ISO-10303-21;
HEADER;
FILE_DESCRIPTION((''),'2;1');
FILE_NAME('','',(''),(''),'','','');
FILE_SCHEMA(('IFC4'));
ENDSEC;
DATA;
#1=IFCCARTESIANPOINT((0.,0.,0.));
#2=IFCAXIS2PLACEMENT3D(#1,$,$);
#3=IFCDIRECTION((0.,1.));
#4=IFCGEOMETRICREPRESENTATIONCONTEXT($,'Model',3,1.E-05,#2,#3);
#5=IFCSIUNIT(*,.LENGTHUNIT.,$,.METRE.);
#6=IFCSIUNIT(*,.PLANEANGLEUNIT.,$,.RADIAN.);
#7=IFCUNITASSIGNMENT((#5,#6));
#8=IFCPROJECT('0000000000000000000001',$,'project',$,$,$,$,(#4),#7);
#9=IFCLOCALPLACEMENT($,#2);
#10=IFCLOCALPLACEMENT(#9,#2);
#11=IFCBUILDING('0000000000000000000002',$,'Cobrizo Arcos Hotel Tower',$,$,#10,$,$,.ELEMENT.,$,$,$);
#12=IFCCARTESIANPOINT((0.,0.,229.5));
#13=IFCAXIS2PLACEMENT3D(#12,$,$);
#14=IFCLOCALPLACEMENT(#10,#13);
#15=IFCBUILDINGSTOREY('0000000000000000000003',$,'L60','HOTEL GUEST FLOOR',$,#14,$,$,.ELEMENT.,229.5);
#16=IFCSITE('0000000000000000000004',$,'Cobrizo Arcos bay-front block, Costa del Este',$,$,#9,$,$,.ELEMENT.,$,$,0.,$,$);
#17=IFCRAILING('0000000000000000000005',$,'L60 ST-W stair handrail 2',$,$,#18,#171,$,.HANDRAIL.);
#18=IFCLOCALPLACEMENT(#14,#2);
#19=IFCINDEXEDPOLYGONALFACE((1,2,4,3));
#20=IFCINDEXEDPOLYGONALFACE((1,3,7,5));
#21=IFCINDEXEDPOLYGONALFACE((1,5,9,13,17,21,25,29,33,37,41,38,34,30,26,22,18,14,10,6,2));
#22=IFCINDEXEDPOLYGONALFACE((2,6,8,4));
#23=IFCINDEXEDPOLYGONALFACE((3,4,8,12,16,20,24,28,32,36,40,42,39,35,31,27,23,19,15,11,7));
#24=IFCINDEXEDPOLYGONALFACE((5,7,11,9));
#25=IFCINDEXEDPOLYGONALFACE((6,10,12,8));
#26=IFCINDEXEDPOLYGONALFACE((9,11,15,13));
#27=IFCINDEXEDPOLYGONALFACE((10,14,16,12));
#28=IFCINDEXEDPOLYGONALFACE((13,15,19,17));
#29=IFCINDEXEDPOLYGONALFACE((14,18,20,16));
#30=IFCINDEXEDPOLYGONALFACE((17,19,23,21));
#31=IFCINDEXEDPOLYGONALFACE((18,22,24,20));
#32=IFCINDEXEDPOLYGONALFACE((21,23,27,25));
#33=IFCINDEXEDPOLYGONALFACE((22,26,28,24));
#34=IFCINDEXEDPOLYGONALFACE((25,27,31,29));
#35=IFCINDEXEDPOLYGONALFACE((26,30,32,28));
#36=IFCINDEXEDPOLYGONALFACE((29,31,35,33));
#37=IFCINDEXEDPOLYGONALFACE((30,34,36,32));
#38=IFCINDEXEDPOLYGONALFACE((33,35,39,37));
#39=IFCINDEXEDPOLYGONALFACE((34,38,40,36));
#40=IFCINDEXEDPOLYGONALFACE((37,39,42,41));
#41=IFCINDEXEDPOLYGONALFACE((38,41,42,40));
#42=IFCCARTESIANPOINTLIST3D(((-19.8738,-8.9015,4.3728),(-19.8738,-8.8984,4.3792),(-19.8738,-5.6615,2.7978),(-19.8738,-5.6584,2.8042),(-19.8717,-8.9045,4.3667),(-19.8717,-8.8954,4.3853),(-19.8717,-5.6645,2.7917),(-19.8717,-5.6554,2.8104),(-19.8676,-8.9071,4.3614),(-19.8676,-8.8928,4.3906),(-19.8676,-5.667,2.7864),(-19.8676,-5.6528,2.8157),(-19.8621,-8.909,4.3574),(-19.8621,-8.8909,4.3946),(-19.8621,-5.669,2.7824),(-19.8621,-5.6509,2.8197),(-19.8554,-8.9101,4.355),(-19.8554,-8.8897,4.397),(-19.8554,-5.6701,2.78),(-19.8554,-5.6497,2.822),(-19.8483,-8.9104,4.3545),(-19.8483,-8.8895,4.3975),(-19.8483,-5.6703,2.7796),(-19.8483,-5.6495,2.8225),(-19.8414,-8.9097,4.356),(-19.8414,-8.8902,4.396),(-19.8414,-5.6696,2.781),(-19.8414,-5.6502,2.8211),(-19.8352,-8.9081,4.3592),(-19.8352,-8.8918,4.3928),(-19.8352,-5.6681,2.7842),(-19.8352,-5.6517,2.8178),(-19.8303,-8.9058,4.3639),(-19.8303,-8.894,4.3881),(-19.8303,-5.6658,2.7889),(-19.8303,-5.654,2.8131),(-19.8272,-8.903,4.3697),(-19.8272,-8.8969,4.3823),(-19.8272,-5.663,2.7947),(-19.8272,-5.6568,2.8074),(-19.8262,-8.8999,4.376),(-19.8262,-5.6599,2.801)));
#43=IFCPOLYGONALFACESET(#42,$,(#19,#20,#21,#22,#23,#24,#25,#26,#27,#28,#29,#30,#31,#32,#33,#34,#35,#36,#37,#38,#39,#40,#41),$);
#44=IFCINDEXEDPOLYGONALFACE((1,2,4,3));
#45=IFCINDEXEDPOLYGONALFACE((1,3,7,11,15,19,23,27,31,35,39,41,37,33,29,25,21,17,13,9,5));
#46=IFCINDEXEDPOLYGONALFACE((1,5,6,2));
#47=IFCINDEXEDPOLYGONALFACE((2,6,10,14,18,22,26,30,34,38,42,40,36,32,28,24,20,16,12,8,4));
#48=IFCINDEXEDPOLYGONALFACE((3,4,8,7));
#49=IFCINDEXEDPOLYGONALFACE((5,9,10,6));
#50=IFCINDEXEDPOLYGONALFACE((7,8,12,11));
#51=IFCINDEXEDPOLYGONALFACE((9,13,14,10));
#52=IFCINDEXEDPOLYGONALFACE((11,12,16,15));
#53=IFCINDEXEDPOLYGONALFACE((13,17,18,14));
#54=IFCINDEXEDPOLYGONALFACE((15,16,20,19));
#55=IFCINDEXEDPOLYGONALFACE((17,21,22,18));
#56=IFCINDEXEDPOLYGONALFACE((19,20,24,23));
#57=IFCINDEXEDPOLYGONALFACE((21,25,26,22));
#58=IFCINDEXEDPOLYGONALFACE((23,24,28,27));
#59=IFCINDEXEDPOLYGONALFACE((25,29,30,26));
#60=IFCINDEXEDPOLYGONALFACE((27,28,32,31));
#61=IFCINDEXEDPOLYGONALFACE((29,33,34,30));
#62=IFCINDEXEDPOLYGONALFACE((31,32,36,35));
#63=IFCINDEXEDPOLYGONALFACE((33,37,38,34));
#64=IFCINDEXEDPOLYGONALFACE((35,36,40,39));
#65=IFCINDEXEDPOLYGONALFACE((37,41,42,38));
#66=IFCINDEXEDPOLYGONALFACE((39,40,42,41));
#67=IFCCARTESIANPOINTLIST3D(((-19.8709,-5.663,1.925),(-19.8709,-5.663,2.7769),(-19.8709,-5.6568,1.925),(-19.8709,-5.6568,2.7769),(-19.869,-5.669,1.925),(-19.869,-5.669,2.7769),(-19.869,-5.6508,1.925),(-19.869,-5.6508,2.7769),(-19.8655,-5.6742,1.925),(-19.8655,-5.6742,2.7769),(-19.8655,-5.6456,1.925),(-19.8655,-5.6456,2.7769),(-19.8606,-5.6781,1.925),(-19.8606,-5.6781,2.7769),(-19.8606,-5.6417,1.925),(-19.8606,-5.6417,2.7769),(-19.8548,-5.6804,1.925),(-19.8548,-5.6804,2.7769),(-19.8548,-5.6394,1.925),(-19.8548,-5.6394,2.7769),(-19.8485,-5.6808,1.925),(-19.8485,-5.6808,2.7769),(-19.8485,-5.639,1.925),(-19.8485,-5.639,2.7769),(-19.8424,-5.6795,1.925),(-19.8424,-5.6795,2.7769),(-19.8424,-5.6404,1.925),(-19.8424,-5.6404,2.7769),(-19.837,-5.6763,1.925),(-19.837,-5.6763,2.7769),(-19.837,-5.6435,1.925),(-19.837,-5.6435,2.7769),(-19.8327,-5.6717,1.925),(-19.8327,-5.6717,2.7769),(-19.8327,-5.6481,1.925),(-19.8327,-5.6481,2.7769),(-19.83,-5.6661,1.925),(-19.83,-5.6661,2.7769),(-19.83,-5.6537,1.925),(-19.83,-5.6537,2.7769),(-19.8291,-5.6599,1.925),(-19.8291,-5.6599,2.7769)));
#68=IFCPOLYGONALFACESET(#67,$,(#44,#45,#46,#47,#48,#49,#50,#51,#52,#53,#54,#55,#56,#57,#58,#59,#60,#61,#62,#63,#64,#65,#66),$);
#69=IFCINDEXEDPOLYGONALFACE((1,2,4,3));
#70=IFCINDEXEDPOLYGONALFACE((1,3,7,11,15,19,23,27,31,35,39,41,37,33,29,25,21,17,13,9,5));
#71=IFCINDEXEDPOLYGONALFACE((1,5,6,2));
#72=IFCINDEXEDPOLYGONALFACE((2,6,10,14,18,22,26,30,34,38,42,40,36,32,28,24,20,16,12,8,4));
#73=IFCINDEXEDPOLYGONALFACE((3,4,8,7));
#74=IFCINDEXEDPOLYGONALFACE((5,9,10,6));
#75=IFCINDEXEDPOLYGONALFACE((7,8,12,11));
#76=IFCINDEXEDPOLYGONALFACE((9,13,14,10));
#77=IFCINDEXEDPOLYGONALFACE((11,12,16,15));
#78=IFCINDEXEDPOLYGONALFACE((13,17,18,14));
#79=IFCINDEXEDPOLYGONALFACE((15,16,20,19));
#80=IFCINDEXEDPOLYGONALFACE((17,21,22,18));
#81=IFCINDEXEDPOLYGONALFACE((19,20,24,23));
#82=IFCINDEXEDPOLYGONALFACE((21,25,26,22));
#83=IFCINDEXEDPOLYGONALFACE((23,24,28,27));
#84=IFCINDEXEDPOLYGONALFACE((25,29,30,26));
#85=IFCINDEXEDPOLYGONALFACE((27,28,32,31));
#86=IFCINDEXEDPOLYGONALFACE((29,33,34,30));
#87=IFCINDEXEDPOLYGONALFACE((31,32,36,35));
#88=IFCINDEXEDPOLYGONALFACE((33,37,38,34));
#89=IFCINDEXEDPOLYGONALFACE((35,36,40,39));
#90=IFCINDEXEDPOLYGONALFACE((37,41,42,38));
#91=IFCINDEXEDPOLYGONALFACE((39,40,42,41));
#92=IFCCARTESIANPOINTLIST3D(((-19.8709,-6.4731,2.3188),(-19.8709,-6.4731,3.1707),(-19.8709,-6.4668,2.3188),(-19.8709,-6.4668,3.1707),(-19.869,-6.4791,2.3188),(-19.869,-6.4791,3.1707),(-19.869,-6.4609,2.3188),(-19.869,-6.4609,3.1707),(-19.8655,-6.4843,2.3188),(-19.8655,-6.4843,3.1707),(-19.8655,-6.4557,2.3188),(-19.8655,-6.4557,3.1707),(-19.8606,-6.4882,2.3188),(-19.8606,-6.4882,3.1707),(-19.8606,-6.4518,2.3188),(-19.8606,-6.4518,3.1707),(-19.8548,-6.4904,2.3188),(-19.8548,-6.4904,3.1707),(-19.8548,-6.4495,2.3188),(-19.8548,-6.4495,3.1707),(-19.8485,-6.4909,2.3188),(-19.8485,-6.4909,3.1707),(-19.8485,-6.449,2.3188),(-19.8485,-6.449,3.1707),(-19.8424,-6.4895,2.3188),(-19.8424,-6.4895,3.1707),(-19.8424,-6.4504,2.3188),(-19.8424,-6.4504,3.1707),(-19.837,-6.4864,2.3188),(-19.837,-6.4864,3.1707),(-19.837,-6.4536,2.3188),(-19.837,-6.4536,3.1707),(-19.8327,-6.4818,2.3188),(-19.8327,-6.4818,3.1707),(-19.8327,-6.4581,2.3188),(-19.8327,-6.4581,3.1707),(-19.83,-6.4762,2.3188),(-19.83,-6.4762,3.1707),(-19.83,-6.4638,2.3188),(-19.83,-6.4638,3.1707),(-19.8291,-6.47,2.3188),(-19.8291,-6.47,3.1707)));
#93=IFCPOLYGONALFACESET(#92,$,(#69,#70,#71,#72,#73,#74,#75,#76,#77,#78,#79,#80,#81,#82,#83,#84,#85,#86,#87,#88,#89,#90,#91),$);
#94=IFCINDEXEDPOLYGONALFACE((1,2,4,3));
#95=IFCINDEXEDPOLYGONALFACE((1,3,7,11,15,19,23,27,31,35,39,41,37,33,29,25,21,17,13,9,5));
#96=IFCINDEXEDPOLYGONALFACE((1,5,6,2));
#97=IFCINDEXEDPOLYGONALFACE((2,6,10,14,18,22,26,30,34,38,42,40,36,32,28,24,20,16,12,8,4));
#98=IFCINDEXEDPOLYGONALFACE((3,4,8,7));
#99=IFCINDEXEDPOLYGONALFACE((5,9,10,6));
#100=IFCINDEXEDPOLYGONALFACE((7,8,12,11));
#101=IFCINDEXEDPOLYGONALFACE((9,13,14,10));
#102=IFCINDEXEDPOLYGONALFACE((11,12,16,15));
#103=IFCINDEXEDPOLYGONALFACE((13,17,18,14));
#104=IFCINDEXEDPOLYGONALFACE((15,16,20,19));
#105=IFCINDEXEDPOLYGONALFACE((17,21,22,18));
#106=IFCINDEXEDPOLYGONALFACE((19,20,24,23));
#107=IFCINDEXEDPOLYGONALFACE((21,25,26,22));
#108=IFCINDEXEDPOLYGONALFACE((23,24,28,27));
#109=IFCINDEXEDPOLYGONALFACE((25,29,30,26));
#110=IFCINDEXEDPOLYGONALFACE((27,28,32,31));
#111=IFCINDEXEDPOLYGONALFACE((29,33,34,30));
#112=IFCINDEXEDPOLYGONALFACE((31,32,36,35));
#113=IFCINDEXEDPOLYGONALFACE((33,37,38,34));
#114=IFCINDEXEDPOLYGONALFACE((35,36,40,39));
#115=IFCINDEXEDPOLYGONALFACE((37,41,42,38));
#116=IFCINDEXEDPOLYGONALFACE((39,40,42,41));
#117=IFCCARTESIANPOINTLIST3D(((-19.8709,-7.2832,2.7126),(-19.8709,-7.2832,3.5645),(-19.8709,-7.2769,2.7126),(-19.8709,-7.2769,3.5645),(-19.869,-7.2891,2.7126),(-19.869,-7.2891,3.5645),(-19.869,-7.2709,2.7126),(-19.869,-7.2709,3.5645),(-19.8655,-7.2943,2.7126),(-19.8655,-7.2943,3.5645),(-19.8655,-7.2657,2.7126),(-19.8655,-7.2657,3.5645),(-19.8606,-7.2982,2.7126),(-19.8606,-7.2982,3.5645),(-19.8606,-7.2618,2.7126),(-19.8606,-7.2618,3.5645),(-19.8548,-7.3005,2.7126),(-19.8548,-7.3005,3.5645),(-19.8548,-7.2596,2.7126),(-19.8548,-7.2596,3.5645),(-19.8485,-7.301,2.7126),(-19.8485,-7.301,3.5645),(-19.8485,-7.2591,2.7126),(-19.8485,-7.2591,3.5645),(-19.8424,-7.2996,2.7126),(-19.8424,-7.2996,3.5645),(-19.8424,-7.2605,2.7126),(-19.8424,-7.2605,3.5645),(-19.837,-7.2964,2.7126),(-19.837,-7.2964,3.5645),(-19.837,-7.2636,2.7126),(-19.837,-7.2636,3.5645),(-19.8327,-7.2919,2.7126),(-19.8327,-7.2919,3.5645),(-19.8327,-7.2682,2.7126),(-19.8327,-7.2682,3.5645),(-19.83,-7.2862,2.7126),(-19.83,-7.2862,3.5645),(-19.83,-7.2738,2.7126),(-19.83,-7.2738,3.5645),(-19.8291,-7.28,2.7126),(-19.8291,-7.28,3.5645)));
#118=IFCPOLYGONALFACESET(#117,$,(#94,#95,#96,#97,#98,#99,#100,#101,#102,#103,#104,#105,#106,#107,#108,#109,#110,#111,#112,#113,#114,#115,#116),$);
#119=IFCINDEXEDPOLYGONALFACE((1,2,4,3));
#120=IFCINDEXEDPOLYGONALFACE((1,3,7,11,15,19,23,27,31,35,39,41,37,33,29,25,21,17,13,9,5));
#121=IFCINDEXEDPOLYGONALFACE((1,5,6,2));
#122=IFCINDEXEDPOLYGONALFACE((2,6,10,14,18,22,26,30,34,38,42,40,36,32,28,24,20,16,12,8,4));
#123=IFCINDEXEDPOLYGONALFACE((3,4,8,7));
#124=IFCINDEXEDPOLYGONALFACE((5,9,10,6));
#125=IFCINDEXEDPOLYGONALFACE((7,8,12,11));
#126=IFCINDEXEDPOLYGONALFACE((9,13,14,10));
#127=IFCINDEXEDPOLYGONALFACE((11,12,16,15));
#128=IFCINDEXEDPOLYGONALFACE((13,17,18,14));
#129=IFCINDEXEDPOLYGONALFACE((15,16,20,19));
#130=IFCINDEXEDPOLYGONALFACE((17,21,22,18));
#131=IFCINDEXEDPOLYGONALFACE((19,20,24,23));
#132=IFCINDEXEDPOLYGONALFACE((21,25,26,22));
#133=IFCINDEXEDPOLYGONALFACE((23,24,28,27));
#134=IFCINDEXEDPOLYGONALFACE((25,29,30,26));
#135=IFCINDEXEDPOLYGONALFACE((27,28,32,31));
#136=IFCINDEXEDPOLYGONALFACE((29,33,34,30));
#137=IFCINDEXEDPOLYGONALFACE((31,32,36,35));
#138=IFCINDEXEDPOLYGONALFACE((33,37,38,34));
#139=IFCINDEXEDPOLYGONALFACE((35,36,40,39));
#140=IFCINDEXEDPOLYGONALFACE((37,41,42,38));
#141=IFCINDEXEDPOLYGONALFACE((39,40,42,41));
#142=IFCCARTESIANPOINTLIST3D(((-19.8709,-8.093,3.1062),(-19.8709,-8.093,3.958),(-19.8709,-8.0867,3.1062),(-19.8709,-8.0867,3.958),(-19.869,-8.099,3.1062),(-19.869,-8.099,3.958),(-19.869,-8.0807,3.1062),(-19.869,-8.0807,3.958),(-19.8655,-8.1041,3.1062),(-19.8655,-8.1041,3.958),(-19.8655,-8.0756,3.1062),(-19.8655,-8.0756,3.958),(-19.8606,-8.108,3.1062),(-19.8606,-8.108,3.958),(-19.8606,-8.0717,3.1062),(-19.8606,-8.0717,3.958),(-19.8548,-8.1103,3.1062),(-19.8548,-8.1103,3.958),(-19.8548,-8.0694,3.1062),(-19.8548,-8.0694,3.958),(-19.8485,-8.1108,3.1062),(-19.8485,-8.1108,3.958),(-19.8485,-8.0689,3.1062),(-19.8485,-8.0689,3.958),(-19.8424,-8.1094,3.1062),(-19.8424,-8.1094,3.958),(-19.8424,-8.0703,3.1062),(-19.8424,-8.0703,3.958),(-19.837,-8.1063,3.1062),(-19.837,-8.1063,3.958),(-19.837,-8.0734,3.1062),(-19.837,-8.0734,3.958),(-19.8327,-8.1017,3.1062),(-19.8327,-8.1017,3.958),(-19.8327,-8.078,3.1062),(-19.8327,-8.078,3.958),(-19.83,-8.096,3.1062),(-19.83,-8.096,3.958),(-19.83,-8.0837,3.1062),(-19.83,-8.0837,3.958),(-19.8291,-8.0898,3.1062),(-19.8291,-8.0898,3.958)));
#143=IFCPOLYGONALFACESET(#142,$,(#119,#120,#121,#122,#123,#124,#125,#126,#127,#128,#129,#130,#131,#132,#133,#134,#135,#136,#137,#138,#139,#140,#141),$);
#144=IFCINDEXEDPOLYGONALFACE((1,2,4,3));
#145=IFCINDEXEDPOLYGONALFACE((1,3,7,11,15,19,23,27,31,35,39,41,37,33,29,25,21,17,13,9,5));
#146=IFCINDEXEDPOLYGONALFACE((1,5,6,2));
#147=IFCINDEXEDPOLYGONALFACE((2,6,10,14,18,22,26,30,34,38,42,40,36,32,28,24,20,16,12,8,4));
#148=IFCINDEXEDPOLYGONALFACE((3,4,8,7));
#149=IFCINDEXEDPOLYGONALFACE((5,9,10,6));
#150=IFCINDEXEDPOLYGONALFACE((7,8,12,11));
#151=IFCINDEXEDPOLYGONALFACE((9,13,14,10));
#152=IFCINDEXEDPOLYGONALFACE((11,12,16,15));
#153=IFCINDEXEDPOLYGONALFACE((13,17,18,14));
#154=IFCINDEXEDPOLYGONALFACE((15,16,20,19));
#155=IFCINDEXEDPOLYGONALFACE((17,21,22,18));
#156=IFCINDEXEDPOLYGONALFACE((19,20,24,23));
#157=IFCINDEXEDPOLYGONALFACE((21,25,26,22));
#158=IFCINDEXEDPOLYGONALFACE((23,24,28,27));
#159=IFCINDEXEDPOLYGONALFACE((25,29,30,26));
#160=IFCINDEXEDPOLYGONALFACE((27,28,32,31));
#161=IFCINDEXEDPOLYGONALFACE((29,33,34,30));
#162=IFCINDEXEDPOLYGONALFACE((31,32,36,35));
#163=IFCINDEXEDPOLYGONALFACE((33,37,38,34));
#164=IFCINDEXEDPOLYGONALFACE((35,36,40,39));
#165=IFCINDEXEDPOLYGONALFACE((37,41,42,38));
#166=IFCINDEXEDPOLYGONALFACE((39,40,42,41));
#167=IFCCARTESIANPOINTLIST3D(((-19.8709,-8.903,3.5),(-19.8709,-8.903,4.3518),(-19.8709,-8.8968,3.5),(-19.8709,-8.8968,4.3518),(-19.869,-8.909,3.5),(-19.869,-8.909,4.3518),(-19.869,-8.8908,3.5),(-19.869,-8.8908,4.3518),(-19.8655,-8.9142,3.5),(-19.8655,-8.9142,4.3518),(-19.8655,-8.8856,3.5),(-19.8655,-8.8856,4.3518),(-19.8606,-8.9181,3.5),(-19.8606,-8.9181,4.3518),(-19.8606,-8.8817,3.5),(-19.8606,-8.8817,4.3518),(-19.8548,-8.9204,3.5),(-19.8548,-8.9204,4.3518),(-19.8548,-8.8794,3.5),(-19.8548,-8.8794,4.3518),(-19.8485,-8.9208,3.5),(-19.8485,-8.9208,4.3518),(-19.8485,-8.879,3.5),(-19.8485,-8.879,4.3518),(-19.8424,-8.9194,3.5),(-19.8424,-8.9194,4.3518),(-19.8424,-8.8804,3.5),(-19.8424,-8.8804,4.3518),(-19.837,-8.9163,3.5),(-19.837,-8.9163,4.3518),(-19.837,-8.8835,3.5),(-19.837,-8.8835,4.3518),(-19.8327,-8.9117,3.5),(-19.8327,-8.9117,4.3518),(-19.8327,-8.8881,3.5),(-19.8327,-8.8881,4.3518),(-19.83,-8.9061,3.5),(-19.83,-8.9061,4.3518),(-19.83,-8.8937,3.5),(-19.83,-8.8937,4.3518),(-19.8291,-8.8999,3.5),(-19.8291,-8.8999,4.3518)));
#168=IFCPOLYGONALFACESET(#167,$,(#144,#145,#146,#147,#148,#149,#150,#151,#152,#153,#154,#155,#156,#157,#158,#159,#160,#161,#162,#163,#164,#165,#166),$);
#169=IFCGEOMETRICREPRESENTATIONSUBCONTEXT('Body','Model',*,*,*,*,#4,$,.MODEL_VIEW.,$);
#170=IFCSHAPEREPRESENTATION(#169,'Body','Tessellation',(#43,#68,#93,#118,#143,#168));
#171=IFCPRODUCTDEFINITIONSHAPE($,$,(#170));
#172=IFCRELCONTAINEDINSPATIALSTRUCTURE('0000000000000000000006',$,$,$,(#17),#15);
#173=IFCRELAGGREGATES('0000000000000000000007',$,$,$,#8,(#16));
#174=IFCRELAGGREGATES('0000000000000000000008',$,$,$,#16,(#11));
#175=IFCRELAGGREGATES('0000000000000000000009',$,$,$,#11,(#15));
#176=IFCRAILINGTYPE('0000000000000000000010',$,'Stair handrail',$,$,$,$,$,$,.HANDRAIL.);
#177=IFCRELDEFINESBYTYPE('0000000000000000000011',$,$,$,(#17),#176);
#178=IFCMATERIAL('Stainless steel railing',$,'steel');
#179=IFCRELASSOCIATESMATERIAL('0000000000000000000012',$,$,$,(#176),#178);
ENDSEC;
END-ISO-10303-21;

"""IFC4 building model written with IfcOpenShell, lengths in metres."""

from ifc_helpers import new_model, si_unit, direction, frame, origin, origin_2d, place, context, subcontext, project, spatial, circle, extrude, material, type_object, element, save


model = new_model("IFC4")

# Units and contexts
model_context = context("Model", 3, precision=1e-05, world=origin(), true_north=direction((0.0, 1.0)))
body_context = subcontext(model_context, "Body", "Model", "MODEL_VIEW")
ifc_project = project(units=[si_unit("LENGTHUNIT", "METRE"), si_unit("PLANEANGLEUNIT", "RADIAN")], contexts=[model_context])

# Site, building, storey
site_placement = place(None, origin())
site = spatial("IfcSite", under=ifc_project, at=site_placement, Name="Cobrizo Arcos bay-front block, Costa del Este", CompositionType="ELEMENT", RefElevation=0.0)
building_placement = place(site_placement, origin())
building = spatial("IfcBuilding", under=site, at=building_placement, Name="Cobrizo Arcos Hotel Tower", CompositionType="ELEMENT")
storey_placement = place(building_placement, frame((0.0, 0.0, 229.5)))
storey = spatial("IfcBuildingStorey", under=building, at=storey_placement, Name="L60", Description="HOTEL GUEST FLOOR", CompositionType="ELEMENT", Elevation=229.5)

# Railing
ifc_material_1 = material(Name="Stainless steel railing", Category="steel")
railing_type_1 = type_object("IfcRailingType", Name="Stair handrail", PredefinedType="HANDRAIL", material=ifc_material_1)
railing_1_placement = place(storey_placement, frame((-19.8501, -5.6599, 1.925)))
element("IfcRailing", 1, at=railing_1_placement, inside=storey, type_object=railing_type_1, Name="L60 ST-W stair handrail 2", PredefinedType="HANDRAIL", context=body_context, shape_type="SweptSolid", body=[
    extrude(circle(Radius=0.0239, at=origin_2d()), frame((0.0, 0.0, 0.876), z_axis=(0.0, -0.899373, 0.437183), x_axis=(1.0, 0.0, 0.0)), (0.0, 0.0, 1.0), 3.6025),
    extrude(circle(Radius=0.021, at=origin_2d()), origin(), (0.0, 0.0, 1.0), 0.8518),
    extrude(circle(Radius=0.021, at=origin_2d()), frame((0.0, -0.8101, 0.3938)), (0.0, 0.0, 1.0), 0.8518),
    extrude(circle(Radius=0.021, at=origin_2d()), frame((0.0, -1.6201, 0.7876)), (0.0, 0.0, 1.0), 0.8518),
    extrude(circle(Radius=0.021, at=origin_2d()), frame((0.0, -2.4299, 1.1812)), (0.0, 0.0, 1.0), 0.8518),
    extrude(circle(Radius=0.021, at=origin_2d()), frame((0.0, -3.24, 1.575)), (0.0, 0.0, 1.0), 0.8518),
])

save(model, "model.ifc")
